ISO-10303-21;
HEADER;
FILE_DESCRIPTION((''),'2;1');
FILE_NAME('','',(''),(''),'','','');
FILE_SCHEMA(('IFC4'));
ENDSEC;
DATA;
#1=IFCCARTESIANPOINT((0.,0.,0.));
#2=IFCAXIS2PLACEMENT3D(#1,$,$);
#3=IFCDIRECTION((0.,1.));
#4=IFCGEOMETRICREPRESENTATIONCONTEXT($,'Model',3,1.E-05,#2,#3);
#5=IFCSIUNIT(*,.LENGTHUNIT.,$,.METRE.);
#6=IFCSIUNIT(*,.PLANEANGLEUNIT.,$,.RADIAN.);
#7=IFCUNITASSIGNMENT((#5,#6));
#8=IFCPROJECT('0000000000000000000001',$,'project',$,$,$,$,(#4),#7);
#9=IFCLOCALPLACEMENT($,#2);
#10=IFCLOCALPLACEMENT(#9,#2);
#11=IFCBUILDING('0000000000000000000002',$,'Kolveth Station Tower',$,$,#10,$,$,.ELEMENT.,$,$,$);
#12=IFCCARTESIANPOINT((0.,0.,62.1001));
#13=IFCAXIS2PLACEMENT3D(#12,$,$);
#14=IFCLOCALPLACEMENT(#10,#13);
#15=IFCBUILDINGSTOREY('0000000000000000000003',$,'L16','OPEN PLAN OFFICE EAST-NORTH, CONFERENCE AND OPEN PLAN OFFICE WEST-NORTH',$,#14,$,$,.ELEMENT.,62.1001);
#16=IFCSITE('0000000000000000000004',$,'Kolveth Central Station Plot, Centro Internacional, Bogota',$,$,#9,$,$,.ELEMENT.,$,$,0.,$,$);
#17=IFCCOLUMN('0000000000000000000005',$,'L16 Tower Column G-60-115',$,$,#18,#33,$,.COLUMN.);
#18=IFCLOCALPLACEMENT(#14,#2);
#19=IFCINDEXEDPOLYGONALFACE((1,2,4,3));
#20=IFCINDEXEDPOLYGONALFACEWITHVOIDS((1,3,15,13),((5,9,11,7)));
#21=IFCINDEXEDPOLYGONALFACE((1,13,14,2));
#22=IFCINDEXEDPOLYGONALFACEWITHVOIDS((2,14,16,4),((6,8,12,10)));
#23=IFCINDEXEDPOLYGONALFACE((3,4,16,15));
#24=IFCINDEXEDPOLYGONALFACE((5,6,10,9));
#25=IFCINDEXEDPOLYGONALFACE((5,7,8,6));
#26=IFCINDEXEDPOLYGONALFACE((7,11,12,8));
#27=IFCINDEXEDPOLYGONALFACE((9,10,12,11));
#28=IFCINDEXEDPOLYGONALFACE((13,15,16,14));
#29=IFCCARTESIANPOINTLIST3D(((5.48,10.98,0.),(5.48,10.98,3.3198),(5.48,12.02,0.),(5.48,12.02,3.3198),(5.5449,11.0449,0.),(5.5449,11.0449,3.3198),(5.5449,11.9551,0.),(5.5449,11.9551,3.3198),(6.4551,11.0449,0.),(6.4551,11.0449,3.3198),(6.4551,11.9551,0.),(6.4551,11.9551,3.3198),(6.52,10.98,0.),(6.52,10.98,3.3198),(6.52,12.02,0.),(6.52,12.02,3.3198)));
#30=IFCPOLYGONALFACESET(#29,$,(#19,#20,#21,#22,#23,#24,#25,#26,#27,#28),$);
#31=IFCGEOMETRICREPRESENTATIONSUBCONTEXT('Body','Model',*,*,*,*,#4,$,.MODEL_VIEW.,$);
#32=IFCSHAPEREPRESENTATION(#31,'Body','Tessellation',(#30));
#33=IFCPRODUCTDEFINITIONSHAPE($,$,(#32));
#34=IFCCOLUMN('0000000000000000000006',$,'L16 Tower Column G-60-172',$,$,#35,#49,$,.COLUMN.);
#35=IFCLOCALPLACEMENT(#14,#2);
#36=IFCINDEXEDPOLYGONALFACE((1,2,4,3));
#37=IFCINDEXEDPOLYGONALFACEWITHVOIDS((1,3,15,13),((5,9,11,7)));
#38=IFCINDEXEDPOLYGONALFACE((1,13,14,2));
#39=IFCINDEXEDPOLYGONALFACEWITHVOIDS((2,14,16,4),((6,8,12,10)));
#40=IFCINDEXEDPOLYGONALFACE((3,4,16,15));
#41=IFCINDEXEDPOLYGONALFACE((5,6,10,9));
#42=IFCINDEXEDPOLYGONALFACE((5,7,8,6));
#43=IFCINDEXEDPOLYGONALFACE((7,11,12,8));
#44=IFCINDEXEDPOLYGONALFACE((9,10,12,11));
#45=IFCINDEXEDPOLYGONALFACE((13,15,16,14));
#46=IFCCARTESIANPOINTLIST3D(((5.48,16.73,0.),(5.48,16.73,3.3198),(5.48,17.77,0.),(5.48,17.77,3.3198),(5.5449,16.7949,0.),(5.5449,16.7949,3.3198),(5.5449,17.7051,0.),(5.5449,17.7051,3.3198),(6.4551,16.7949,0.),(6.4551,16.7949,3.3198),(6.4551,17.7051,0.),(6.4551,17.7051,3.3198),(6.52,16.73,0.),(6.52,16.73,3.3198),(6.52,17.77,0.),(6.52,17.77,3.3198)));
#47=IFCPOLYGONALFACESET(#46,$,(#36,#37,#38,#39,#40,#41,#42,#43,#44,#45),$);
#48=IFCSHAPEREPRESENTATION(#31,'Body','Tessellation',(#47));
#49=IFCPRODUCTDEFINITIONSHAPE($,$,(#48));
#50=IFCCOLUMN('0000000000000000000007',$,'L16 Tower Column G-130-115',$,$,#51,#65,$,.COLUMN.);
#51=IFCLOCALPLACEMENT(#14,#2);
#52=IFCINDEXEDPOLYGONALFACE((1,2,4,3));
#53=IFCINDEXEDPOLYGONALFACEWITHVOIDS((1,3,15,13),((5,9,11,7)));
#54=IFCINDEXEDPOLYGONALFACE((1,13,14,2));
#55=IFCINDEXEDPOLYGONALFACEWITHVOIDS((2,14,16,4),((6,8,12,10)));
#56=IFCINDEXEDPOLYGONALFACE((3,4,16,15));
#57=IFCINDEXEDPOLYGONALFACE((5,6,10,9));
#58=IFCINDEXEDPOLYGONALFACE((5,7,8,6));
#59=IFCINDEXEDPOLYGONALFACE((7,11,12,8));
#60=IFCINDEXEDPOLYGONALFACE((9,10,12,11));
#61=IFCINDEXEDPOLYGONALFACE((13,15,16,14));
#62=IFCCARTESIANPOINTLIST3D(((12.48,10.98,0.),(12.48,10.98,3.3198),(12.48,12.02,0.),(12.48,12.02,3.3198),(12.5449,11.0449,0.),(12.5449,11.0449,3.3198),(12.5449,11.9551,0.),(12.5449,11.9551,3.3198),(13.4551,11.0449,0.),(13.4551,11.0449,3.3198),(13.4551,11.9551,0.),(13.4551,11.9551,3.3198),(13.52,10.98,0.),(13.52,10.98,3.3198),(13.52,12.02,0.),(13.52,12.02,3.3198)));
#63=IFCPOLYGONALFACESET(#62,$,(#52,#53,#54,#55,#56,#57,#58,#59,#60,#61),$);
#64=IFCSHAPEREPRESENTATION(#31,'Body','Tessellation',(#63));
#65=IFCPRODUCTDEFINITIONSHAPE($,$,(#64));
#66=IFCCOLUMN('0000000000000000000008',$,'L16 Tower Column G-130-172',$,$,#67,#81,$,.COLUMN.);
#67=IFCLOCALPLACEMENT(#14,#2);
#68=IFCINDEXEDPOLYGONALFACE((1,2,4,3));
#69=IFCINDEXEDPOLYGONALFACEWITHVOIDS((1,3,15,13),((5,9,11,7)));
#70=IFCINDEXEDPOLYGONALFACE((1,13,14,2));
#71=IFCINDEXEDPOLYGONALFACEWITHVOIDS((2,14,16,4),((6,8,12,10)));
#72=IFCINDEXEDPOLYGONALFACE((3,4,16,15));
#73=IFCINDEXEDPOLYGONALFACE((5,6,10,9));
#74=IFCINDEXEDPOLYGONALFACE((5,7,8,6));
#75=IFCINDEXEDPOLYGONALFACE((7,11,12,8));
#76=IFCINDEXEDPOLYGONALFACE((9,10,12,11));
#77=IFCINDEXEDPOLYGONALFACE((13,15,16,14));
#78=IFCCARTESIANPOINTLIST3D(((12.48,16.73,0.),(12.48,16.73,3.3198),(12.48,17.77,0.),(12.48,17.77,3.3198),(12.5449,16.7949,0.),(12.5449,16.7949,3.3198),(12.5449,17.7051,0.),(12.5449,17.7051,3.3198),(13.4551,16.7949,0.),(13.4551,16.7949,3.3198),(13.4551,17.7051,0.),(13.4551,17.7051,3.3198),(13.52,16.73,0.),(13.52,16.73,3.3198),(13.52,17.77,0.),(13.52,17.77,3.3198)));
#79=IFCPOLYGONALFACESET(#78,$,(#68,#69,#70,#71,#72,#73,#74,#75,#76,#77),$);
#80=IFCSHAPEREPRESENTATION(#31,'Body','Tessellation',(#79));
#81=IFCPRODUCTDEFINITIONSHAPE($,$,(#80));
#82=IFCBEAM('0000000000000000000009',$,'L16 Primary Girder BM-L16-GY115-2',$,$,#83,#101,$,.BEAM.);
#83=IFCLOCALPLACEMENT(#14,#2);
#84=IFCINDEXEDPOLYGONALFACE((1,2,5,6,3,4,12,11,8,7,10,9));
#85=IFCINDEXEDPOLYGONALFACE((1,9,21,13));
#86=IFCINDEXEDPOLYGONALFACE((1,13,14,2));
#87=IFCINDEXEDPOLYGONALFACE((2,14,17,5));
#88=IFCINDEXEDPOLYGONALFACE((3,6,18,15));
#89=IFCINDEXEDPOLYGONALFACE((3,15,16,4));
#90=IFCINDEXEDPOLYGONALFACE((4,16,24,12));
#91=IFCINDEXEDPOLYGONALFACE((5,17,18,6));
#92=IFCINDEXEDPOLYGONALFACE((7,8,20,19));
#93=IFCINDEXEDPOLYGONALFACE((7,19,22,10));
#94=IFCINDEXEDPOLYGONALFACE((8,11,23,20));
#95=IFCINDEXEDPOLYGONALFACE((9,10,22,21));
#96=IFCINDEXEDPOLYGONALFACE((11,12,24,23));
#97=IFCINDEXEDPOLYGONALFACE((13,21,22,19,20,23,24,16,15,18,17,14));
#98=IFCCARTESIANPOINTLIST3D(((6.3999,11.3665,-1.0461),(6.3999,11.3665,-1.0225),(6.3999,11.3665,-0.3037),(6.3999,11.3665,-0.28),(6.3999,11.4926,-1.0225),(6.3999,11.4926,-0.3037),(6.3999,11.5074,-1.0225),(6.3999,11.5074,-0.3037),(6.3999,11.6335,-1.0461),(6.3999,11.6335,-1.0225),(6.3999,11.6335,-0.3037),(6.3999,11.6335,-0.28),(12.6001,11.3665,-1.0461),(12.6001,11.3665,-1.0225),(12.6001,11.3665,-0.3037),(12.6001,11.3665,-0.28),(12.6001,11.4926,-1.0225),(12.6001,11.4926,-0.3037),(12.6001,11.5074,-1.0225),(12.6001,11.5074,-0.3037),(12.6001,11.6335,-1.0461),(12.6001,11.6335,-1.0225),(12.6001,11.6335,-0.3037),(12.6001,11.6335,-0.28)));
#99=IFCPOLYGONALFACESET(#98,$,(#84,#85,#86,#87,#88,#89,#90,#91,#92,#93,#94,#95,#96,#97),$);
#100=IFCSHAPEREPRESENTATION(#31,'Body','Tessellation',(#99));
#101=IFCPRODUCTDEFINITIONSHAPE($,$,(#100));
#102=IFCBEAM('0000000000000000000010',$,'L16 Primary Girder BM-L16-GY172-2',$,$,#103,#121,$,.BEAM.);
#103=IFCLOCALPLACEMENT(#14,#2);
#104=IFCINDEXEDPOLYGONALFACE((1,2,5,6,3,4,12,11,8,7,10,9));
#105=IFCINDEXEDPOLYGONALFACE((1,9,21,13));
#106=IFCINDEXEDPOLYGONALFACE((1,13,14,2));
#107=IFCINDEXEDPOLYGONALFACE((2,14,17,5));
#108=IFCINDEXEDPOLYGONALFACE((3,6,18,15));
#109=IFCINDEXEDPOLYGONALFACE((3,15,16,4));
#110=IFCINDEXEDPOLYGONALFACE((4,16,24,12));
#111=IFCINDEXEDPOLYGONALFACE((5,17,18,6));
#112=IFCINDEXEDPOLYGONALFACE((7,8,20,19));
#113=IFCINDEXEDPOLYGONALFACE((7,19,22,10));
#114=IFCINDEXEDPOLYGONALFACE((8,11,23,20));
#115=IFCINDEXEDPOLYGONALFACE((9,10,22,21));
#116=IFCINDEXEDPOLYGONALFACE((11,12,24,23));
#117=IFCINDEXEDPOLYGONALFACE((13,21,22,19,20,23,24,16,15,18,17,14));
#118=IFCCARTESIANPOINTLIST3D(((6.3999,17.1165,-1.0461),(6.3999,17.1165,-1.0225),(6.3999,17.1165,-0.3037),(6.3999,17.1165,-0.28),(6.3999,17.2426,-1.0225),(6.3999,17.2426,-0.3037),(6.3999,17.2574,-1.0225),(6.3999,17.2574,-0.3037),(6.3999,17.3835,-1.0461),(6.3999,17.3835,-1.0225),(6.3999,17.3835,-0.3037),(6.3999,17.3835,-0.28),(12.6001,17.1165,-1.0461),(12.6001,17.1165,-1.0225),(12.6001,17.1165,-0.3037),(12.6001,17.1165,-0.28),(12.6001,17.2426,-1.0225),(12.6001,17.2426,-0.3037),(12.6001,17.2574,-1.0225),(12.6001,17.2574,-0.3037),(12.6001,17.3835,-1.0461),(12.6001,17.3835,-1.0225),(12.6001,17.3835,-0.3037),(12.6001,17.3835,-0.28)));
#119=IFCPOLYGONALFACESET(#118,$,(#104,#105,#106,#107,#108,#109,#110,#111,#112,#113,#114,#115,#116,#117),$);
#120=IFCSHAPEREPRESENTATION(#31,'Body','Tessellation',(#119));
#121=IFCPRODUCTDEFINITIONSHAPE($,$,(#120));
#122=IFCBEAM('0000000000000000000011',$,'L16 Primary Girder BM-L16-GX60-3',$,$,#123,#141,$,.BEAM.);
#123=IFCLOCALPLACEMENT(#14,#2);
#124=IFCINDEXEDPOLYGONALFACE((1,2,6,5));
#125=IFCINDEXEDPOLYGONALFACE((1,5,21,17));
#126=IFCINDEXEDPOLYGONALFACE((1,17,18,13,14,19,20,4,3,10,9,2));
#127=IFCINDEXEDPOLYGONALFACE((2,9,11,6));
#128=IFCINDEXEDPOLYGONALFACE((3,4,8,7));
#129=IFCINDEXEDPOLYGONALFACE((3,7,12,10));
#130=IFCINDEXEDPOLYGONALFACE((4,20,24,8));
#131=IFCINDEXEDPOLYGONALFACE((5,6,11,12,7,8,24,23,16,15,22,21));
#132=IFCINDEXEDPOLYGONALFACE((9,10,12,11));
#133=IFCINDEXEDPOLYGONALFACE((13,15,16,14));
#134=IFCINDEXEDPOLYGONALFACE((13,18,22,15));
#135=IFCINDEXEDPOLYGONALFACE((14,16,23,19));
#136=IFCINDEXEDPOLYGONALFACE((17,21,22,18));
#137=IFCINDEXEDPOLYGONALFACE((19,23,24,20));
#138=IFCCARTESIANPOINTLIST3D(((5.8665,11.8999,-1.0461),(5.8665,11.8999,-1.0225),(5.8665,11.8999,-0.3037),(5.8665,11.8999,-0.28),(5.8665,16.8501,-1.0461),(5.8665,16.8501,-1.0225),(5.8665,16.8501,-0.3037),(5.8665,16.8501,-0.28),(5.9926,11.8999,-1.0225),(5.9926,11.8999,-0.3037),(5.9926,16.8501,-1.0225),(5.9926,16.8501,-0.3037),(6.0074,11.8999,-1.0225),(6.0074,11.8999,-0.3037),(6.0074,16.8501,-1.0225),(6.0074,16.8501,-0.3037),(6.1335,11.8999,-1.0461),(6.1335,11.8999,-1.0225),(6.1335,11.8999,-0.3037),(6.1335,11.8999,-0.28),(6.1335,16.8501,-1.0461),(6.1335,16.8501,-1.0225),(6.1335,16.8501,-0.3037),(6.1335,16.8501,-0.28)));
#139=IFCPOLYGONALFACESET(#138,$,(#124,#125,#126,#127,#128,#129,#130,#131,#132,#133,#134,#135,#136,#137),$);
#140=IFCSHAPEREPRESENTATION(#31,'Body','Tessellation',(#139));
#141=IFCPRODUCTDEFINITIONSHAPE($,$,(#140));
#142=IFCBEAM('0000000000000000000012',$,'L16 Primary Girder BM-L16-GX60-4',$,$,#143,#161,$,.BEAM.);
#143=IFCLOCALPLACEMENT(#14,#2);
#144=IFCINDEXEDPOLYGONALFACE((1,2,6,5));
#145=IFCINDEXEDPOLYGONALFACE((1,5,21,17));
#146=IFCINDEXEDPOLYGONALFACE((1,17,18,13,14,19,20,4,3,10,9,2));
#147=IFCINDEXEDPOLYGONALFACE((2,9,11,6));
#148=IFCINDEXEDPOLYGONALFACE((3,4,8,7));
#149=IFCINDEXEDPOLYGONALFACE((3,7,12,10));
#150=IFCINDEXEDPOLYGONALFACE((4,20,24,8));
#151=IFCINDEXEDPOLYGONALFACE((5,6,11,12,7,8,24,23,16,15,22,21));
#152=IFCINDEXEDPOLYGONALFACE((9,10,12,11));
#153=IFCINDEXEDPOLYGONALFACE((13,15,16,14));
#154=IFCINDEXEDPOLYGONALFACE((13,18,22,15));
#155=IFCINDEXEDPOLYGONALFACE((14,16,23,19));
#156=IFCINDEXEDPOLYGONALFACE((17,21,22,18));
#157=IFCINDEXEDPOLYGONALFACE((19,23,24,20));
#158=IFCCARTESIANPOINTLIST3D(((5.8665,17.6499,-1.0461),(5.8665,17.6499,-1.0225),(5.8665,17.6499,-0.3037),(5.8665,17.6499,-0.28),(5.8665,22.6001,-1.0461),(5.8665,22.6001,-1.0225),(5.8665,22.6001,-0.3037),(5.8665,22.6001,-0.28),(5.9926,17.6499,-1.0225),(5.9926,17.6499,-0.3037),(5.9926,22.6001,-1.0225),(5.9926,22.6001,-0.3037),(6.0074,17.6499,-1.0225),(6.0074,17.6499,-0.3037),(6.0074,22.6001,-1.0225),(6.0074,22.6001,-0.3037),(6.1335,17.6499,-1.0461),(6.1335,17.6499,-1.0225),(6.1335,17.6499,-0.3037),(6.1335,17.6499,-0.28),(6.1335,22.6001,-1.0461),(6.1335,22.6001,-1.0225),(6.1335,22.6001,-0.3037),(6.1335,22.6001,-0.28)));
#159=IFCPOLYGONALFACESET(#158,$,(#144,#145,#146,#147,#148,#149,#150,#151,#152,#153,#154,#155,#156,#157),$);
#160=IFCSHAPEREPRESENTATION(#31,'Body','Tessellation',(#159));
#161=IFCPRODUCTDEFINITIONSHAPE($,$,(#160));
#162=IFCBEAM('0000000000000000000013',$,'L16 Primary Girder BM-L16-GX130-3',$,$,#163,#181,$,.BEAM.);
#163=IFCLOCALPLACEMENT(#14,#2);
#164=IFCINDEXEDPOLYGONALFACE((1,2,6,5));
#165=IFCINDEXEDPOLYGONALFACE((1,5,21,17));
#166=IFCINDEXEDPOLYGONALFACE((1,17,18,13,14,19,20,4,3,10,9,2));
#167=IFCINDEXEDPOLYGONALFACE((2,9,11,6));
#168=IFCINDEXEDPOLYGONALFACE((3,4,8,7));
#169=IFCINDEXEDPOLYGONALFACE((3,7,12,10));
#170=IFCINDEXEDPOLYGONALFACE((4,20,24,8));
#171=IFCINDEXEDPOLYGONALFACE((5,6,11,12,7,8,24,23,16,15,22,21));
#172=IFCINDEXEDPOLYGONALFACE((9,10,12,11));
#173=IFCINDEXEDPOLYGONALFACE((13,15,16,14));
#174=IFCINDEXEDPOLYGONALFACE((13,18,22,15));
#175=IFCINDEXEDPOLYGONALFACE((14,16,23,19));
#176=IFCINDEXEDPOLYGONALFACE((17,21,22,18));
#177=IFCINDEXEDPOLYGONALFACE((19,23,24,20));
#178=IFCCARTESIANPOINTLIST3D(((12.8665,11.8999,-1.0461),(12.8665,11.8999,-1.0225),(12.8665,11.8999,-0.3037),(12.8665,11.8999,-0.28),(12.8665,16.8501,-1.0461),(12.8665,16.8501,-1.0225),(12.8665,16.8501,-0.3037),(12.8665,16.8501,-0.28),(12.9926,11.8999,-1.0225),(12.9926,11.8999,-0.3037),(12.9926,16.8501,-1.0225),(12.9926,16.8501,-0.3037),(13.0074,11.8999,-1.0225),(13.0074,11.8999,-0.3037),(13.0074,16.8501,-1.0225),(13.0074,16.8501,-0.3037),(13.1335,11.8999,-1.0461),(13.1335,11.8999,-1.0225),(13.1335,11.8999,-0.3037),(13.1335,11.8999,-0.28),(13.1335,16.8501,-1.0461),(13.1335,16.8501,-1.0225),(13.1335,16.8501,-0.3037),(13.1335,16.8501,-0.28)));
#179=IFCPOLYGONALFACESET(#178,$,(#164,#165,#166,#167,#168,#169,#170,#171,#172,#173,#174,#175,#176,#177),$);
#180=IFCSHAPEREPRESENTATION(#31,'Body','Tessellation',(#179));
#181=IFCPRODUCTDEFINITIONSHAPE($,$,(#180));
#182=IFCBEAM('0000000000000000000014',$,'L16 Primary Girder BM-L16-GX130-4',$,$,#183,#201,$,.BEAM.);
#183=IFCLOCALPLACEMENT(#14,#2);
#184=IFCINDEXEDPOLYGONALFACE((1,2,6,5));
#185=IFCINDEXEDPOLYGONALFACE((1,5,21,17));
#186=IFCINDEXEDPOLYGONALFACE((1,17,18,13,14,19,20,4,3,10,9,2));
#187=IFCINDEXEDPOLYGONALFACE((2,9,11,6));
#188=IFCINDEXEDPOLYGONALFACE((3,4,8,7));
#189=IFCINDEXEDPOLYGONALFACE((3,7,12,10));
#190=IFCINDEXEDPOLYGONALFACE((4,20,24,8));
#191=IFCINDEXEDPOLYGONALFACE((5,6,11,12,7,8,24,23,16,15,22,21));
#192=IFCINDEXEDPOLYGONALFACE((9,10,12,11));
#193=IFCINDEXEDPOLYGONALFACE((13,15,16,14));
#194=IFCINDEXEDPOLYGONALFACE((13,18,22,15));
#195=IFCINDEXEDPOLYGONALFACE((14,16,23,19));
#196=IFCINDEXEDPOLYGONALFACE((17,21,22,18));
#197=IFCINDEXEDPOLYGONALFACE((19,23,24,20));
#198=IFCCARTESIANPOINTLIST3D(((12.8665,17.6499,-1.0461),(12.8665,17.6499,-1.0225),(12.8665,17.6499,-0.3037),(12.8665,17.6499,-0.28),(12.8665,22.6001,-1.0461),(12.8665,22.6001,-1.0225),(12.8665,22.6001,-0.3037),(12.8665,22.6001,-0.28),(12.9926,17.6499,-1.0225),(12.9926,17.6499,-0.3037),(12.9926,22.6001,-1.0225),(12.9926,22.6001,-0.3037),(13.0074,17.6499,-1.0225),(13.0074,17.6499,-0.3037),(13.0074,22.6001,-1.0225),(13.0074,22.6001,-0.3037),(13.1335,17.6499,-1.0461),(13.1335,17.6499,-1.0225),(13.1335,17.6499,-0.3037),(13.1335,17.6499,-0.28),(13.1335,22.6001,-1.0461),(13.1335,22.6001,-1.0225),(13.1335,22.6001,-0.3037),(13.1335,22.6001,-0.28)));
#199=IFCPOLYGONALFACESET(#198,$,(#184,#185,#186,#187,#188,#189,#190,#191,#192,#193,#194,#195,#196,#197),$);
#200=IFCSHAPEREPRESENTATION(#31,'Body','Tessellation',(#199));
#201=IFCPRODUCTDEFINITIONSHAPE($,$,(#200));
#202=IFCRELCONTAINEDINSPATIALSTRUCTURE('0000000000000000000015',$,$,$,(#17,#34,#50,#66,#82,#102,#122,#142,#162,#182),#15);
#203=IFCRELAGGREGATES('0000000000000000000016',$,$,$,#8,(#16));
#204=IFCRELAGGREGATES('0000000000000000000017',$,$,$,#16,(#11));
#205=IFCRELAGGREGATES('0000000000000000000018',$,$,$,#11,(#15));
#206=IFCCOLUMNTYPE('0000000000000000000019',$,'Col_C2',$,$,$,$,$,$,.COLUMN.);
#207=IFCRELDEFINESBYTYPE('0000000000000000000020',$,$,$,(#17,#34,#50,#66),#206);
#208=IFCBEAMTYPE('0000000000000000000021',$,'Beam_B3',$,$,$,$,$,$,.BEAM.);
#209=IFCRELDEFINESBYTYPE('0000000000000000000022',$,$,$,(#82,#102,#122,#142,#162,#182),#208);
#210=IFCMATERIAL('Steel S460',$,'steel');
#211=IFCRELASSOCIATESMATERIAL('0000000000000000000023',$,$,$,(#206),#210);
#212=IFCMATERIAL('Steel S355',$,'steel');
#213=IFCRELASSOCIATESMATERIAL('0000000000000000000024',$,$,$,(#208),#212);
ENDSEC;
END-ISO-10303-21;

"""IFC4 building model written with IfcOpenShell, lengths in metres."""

from ifc_helpers import new_model, si_unit, direction, frame, origin, origin_2d, place, context, subcontext, project, spatial, hollow_rectangle, i_section, extrude, source, transform, mapped, material, material_profile, profile_set, type_object, element, save


model = new_model("IFC4")

# Units and contexts
model_context = context("Model", 3, precision=1e-05, world=origin(), true_north=direction((0.0, 1.0)))
body_context = subcontext(model_context, "Body", "Model", "MODEL_VIEW")
ifc_project = project(units=[si_unit("LENGTHUNIT", "METRE"), si_unit("PLANEANGLEUNIT", "RADIAN")], contexts=[model_context])

# Site, building, storey
site_placement = place(None, origin())
site = spatial("IfcSite", under=ifc_project, at=site_placement, Name="Kolveth Central Station Plot, Centro Internacional, Bogota", CompositionType="ELEMENT", RefElevation=0.0)
building_placement = place(site_placement, origin())
building = spatial("IfcBuilding", under=site, at=building_placement, Name="Kolveth Station Tower", CompositionType="ELEMENT")
storey_placement = place(building_placement, frame((0.0, 0.0, 62.1001)))
storey = spatial("IfcBuildingStorey", under=building, at=storey_placement, Name="L16", Description="OPEN PLAN OFFICE EAST-NORTH, CONFERENCE AND OPEN PLAN OFFICE WEST-NORTH", CompositionType="ELEMENT", Elevation=62.1001)

# Columns
ifc_material_1 = material(Name="Steel S460", Category="steel")
ifc_material_profile_1 = material_profile(ifc_material_1, hollow_rectangle(XDim=1.04, YDim=1.04, WallThickness=0.0649, at=origin_2d()), Name="BOX1040x1040x65")
ifc_profile_set_1 = profile_set([ifc_material_profile_1], Name="Steel S460")
column_type = type_object("IfcColumnType", Name="Col_C2", PredefinedType="COLUMN", material=ifc_profile_set_1)
shared_shape_1 = source(origin(), body_context, "Body", "SweptSolid", [
    extrude(hollow_rectangle(XDim=1.04, YDim=1.04, WallThickness=0.0649, at=origin_2d()), origin(), (0.0, 0.0, 1.0), 3.3198),
])
for number, where, z_axis, x_axis, name in (
    (1, (6.0, 11.5, 0.0), (0.0, 0.0, 1.0), (1.0, 0.0, 0.0), "L16 Tower Column G-60-115"),
    (2, (6.0, 17.25, 0.0), (0.0, 0.0, 1.0), (1.0, 0.0, 0.0), "L16 Tower Column G-60-172"),
    (3, (13.0, 11.5, 0.0), (0.0, 0.0, 1.0), (1.0, 0.0, 0.0), "L16 Tower Column G-130-115"),
    (4, (13.0, 17.25, 0.0), (0.0, 0.0, 1.0), (1.0, 0.0, 0.0), "L16 Tower Column G-130-172"),
):
    element("IfcColumn", number, at=place(storey_placement, frame(where, z_axis=z_axis, x_axis=x_axis)), inside=storey, type_object=column_type, Name=name, PredefinedType="COLUMN", context=body_context, shape_type="MappedRepresentation", body=[
        mapped(shared_shape_1, transform((0.0, 0.0, 0.0), x_axis=(1.0, 0.0, 0.0), y_axis=(0.0, 1.0, 0.0), z_axis=(0.0, 0.0, 1.0), scale=1.0)),
    ])

# Beams
ifc_material_2 = material(Name="Steel S355", Category="steel")
ifc_material_profile_2 = material_profile(ifc_material_2, i_section(OverallWidth=0.2671, OverallDepth=0.7661, WebThickness=0.0149, FlangeThickness=0.0237, at=origin_2d()), Name="W760x185")
ifc_profile_set_2 = profile_set([ifc_material_profile_2], Name="Steel S355")
beam_type_1 = type_object("IfcBeamType", Name="Beam_B3", PredefinedType="BEAM", material=ifc_profile_set_2)
shared_shape_2 = source(origin(), body_context, "Body", "SweptSolid", [
    extrude(i_section(OverallWidth=0.2671, OverallDepth=0.7661, WebThickness=0.0149, FlangeThickness=0.0237, at=origin_2d()), origin(), (0.0, 0.0, 1.0), 6.2002),
])
for number, where, z_axis, x_axis, name in (
    (5, (6.3999, 11.5, -0.6631), (1.0, 0.0, 0.0), (0.0, 1.0, 0.0), "L16 Primary Girder BM-L16-GY115-2"),
    (6, (6.3999, 17.25, -0.6631), (1.0, 0.0, 0.0), (0.0, 1.0, 0.0), "L16 Primary Girder BM-L16-GY172-2"),
):
    element("IfcBeam", number, at=place(storey_placement, frame(where, z_axis=z_axis, x_axis=x_axis)), inside=storey, type_object=beam_type_1, Name=name, PredefinedType="BEAM", context=body_context, shape_type="MappedRepresentation", body=[
        mapped(shared_shape_2, transform((0.0, 0.0, 0.0), x_axis=(1.0, 0.0, 0.0), y_axis=(0.0, 1.0, 0.0), z_axis=(0.0, 0.0, 1.0), scale=1.0)),
    ])
shared_shape_3 = source(origin(), body_context, "Body", "SweptSolid", [
    extrude(i_section(OverallWidth=0.2671, OverallDepth=0.7661, WebThickness=0.0149, FlangeThickness=0.0237, at=origin_2d()), origin(), (0.0, 0.0, 1.0), 4.9502),
])
for number, where, z_axis, x_axis, name in (
    (7, (6.0, 11.8999, -0.6631), (0.0, 1.0, 0.0), (-1.0, 0.0, 0.0), "L16 Primary Girder BM-L16-GX60-3"),
    (8, (6.0, 17.6499, -0.6631), (0.0, 1.0, 0.0), (-1.0, 0.0, 0.0), "L16 Primary Girder BM-L16-GX60-4"),
    (9, (13.0, 11.8999, -0.6631), (0.0, 1.0, 0.0), (-1.0, 0.0, 0.0), "L16 Primary Girder BM-L16-GX130-3"),
    (10, (13.0, 17.6499, -0.6631), (0.0, 1.0, 0.0), (-1.0, 0.0, 0.0), "L16 Primary Girder BM-L16-GX130-4"),
):
    element("IfcBeam", number, at=place(storey_placement, frame(where, z_axis=z_axis, x_axis=x_axis)), inside=storey, type_object=beam_type_1, Name=name, PredefinedType="BEAM", context=body_context, shape_type="MappedRepresentation", body=[
        mapped(shared_shape_3, transform((0.0, 0.0, 0.0), x_axis=(1.0, 0.0, 0.0), y_axis=(0.0, 1.0, 0.0), z_axis=(0.0, 0.0, 1.0), scale=1.0)),
    ])

save(model, "model.ifc")
